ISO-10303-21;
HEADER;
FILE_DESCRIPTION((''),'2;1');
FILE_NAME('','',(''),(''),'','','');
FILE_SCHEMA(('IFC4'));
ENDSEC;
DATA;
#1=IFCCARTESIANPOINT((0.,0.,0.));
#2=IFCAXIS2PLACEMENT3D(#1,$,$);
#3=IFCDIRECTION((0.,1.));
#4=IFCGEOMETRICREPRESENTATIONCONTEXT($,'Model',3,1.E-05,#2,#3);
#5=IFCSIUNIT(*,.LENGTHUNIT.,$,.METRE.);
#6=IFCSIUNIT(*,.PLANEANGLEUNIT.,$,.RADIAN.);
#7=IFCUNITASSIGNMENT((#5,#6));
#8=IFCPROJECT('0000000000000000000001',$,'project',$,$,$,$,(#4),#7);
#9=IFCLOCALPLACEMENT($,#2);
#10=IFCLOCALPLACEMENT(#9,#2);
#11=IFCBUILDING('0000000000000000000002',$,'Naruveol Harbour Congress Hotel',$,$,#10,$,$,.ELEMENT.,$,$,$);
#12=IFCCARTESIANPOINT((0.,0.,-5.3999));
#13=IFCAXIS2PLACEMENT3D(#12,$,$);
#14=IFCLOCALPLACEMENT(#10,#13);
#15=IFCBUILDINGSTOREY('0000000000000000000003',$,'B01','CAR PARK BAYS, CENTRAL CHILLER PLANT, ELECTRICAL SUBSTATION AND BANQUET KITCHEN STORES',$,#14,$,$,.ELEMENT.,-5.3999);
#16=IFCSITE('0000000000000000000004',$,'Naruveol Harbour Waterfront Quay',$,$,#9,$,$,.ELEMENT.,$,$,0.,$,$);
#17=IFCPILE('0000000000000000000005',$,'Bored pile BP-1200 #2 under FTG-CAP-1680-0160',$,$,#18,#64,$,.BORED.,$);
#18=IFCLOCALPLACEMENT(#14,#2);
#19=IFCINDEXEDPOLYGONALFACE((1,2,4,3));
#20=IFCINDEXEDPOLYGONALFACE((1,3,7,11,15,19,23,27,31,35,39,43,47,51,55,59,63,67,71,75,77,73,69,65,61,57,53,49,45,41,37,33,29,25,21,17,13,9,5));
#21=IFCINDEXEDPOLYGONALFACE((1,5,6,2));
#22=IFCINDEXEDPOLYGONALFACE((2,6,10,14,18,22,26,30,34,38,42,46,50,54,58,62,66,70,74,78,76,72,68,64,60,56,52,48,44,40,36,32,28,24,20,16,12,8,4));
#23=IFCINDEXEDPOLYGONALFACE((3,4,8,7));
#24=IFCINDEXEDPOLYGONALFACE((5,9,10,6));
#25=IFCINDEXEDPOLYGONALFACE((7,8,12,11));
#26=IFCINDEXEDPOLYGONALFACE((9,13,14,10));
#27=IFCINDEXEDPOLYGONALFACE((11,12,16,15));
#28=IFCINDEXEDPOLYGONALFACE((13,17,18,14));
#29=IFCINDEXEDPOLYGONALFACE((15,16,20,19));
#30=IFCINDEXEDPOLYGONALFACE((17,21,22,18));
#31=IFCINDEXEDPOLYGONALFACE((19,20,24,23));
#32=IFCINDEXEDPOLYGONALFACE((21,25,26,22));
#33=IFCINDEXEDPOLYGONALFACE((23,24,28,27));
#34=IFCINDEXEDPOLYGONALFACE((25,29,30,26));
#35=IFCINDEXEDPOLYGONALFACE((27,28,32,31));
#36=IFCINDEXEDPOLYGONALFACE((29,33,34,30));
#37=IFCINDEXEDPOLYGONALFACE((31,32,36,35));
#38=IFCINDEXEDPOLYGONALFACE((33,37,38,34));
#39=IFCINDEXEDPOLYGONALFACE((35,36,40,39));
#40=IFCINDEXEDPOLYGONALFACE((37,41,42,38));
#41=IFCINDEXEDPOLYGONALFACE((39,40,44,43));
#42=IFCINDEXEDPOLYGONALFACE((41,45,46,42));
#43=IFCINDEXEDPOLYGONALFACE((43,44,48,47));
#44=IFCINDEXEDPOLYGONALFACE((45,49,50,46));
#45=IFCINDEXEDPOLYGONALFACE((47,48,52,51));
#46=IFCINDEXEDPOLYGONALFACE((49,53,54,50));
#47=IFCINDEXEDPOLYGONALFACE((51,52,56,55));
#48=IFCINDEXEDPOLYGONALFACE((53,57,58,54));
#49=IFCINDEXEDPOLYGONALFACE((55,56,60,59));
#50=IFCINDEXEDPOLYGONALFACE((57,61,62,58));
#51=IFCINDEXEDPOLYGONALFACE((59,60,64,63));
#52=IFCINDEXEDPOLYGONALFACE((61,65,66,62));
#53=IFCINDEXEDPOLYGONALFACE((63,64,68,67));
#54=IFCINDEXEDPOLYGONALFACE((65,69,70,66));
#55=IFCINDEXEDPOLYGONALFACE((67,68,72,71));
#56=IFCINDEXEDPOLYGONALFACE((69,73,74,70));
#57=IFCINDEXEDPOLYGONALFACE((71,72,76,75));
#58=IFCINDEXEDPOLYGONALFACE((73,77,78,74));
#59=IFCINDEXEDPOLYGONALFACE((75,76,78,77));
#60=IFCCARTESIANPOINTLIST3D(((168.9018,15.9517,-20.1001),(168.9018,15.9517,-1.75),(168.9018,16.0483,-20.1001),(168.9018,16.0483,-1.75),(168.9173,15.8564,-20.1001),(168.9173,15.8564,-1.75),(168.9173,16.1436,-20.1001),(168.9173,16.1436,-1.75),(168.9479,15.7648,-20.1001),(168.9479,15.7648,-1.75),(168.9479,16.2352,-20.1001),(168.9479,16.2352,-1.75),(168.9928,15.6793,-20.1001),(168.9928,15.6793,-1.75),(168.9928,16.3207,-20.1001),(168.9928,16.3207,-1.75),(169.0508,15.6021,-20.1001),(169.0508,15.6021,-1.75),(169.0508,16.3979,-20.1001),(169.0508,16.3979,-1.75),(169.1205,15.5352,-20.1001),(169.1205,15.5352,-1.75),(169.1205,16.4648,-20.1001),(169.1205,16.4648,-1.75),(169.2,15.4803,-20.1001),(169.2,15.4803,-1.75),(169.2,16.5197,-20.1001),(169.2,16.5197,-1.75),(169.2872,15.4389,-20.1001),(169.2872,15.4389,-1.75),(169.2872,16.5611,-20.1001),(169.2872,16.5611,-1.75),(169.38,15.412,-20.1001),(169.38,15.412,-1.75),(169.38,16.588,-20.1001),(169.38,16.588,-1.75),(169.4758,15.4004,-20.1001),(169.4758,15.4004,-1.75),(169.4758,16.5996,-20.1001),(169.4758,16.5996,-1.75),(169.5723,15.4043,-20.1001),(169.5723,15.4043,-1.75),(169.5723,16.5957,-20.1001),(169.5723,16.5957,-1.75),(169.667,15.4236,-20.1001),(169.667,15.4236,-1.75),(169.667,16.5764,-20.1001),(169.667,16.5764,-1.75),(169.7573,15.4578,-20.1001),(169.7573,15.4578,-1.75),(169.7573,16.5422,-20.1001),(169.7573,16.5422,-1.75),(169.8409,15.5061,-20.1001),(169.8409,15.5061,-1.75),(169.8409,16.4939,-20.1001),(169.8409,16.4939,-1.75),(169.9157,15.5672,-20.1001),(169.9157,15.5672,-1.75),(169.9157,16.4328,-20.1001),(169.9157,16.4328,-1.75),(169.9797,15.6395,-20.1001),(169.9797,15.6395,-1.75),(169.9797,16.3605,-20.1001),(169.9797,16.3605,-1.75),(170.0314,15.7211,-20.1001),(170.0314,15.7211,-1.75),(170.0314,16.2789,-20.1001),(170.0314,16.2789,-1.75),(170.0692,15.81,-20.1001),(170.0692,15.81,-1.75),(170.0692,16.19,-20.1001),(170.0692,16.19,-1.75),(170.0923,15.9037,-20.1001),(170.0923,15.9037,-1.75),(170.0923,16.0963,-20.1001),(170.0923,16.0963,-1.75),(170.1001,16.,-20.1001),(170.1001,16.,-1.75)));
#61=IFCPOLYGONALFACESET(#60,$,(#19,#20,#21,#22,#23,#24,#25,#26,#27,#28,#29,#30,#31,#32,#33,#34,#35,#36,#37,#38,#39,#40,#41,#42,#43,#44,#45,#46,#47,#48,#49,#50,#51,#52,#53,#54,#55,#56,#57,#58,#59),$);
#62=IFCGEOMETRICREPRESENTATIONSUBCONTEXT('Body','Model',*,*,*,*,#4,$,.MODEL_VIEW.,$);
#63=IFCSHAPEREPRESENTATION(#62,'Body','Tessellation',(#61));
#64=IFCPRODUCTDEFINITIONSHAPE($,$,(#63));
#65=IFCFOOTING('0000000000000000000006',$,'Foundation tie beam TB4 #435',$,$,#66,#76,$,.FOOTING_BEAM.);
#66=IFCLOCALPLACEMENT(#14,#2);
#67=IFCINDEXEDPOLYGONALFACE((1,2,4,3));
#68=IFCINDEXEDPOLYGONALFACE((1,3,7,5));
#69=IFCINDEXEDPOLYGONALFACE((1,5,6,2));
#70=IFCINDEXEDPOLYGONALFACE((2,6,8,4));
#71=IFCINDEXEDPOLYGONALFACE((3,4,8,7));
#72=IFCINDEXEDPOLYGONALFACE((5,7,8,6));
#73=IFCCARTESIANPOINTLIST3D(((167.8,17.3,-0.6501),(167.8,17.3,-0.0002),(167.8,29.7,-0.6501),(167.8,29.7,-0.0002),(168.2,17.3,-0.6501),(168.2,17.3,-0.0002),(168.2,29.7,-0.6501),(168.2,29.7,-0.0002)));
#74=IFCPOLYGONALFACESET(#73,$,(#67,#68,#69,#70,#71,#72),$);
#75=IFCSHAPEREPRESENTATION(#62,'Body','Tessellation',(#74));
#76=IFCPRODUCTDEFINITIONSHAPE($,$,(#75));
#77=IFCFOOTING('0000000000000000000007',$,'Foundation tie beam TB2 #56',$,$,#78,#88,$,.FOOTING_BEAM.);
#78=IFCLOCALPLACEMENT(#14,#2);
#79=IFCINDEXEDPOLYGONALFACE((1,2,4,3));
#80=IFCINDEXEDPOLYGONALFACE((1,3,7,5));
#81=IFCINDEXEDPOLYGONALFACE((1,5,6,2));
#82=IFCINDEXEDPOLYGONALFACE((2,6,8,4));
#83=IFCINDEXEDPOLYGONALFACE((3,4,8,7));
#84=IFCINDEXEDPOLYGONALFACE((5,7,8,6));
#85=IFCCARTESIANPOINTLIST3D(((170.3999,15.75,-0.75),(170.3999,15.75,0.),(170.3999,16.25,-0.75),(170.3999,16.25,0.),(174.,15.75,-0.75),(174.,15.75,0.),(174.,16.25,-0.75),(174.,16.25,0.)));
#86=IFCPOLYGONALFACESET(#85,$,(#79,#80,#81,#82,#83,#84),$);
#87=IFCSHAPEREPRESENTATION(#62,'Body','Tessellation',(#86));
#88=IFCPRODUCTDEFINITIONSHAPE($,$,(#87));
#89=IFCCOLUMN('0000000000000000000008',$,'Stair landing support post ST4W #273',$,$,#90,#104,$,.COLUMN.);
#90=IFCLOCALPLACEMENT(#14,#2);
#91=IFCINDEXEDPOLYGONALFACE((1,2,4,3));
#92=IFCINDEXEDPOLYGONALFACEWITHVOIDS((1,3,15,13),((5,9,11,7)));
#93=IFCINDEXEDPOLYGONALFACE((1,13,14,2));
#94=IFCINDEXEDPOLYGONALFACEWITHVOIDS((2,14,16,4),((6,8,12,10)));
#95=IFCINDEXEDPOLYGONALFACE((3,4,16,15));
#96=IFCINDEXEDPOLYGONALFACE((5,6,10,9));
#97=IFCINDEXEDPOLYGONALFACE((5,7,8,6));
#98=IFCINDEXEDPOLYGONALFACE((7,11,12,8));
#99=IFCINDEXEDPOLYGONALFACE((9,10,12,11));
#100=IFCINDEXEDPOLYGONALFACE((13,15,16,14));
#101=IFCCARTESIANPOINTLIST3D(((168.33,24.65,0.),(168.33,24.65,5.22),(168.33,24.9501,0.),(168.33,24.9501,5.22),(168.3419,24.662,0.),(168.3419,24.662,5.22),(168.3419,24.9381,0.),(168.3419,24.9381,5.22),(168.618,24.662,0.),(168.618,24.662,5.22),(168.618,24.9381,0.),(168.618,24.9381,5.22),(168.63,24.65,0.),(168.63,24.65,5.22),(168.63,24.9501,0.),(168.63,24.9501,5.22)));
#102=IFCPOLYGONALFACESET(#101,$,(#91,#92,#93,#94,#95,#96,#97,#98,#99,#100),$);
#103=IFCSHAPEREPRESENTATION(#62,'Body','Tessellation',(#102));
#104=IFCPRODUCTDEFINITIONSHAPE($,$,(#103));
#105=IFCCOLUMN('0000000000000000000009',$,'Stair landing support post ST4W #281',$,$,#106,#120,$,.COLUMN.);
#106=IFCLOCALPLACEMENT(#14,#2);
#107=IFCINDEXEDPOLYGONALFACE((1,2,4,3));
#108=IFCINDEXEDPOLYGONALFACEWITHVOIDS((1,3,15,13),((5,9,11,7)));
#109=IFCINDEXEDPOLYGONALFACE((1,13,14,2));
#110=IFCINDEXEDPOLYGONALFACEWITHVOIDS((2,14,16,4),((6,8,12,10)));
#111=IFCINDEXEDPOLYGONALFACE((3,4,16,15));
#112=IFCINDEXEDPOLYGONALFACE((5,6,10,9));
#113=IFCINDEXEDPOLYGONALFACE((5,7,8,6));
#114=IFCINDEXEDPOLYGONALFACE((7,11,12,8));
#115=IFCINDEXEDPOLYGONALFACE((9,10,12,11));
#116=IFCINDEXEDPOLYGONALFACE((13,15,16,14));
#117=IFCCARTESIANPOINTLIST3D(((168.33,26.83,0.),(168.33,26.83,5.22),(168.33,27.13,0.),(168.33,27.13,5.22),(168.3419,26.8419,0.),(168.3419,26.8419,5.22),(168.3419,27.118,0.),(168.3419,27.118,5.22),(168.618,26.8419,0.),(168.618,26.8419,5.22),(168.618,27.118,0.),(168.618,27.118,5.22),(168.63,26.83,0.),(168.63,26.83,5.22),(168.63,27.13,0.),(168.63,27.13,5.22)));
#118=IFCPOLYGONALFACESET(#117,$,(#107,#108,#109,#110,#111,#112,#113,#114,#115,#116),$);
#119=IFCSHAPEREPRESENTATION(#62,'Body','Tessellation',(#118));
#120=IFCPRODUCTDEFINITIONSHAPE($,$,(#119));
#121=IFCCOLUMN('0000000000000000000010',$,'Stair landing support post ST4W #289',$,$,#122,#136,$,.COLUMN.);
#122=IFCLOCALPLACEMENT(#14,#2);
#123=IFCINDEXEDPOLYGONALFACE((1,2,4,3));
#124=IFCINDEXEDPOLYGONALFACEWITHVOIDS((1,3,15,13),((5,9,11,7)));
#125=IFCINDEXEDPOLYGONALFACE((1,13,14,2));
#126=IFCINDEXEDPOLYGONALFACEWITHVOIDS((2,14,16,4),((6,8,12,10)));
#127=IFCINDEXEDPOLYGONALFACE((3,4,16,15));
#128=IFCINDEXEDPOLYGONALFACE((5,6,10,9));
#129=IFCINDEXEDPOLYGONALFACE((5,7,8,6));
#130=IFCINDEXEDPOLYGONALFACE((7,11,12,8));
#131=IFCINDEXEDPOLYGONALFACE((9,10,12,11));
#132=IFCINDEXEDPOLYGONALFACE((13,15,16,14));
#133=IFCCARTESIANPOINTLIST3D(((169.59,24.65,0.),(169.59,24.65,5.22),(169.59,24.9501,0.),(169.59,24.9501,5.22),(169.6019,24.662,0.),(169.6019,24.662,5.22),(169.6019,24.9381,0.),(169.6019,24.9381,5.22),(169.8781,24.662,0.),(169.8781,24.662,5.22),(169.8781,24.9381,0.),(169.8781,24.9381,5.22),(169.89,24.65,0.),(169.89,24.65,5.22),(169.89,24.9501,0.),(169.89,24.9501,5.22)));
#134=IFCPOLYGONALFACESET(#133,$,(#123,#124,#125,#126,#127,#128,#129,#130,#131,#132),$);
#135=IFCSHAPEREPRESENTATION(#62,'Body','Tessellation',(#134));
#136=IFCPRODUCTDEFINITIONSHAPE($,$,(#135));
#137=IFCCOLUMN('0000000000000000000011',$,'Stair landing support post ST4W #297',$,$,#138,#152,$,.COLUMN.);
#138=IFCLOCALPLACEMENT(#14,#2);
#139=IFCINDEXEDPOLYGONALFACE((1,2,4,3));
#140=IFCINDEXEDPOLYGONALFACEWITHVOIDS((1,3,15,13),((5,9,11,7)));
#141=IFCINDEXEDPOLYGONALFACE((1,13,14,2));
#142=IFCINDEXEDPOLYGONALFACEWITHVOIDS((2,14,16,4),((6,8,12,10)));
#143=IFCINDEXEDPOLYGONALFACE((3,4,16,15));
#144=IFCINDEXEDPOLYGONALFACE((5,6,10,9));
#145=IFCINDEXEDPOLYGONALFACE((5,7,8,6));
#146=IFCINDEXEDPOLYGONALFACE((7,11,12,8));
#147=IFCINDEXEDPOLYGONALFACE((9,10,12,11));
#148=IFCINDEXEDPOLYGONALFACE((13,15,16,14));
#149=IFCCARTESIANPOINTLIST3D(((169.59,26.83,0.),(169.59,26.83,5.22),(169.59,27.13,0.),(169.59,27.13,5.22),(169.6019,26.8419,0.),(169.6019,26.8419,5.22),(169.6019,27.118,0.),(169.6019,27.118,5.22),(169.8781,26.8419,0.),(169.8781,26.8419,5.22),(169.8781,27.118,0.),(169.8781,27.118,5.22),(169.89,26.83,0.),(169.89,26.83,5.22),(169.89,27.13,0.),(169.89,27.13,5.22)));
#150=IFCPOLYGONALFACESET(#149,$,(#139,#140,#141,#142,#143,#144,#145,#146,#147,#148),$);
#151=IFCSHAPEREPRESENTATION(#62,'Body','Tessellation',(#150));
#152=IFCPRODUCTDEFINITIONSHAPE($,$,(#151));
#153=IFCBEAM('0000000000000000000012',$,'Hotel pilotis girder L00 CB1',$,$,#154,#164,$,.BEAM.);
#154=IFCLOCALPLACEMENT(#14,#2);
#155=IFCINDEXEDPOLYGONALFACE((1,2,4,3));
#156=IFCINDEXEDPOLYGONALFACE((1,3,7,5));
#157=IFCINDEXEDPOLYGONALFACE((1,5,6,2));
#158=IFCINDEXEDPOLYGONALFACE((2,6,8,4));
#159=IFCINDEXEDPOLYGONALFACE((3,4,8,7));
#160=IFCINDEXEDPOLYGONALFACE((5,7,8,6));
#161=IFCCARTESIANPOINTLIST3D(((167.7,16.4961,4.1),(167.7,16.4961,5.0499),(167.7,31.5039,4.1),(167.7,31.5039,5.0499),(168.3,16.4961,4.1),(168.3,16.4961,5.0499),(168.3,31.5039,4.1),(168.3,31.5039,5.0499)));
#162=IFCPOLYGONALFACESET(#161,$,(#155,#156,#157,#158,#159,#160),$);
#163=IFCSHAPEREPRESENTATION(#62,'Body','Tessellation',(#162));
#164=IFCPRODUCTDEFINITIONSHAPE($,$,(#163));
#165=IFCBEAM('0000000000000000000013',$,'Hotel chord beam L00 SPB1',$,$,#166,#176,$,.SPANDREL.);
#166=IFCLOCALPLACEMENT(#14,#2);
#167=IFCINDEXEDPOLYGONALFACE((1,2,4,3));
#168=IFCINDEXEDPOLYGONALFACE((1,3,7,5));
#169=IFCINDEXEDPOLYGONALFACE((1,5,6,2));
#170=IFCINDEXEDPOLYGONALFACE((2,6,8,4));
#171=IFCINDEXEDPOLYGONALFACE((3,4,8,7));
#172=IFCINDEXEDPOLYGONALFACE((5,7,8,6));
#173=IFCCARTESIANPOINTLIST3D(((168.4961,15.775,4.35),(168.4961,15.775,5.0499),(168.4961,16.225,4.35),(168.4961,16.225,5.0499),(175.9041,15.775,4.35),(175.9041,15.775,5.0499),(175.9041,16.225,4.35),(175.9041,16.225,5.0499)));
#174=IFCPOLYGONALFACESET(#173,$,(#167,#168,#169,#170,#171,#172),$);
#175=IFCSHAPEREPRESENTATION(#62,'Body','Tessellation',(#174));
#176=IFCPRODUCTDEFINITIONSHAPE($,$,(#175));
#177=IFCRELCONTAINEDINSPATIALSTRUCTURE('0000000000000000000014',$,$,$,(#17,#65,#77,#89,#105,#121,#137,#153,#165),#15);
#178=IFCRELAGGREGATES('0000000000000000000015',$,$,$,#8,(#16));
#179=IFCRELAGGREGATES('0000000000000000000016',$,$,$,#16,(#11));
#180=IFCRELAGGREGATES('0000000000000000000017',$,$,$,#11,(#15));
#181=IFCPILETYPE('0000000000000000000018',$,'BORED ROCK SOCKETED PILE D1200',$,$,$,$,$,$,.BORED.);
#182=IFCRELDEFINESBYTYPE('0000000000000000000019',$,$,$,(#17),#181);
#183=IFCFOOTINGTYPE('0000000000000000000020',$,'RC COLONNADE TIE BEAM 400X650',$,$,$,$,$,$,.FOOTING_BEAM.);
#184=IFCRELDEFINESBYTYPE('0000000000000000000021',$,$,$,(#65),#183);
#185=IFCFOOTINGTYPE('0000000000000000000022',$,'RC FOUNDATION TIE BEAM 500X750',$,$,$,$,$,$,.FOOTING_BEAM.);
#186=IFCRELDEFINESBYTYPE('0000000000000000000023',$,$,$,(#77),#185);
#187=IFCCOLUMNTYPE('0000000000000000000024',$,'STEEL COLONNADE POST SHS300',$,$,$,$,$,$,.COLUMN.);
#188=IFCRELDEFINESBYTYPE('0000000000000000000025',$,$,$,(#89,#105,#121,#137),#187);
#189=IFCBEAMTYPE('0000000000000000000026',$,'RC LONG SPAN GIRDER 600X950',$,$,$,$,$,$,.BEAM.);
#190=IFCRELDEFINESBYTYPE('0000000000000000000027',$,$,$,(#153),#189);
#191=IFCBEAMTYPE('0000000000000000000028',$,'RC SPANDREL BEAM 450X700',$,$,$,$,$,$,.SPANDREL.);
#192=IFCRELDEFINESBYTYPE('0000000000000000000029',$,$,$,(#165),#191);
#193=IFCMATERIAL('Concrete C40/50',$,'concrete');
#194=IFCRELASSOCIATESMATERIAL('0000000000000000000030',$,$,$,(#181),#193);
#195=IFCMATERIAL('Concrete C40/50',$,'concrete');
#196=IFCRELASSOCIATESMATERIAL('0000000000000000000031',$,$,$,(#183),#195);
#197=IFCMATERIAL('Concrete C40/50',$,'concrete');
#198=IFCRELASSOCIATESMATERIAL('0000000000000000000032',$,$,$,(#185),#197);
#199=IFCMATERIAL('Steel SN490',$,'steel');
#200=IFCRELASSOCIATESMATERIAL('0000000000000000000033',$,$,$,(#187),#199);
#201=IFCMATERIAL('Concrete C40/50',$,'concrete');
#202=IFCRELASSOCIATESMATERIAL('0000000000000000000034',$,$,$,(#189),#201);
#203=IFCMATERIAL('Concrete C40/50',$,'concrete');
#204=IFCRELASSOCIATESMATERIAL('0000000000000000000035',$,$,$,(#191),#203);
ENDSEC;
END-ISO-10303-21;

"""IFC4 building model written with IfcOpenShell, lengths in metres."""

from ifc_helpers import new_model, si_unit, direction, frame, origin, origin_2d, place, context, subcontext, project, spatial, rectangle, hollow_rectangle, circle, extrude, material, material_profile, profile_set, type_object, element, save


model = new_model("IFC4")

# Units and contexts
model_context = context("Model", 3, precision=1e-05, world=origin(), true_north=direction((0.0, 1.0)))
body_context = subcontext(model_context, "Body", "Model", "MODEL_VIEW")
ifc_project = project(units=[si_unit("LENGTHUNIT", "METRE"), si_unit("PLANEANGLEUNIT", "RADIAN")], contexts=[model_context])

# Site, building, storey
site_placement = place(None, origin())
site = spatial("IfcSite", under=ifc_project, at=site_placement, Name="Naruveol Harbour Waterfront Quay", CompositionType="ELEMENT", RefElevation=0.0)
building_placement = place(site_placement, origin())
building = spatial("IfcBuilding", under=site, at=building_placement, Name="Naruveol Harbour Congress Hotel", CompositionType="ELEMENT")
storey_placement = place(building_placement, frame((0.0, 0.0, -5.3999)))
storey = spatial("IfcBuildingStorey", under=building, at=storey_placement, Name="B01", Description="CAR PARK BAYS, CENTRAL CHILLER PLANT, ELECTRICAL SUBSTATION AND BANQUET KITCHEN STORES", CompositionType="ELEMENT", Elevation=-5.3999)

# Pile
ifc_material_1 = material(Name="Concrete C40/50", Category="concrete")
ifc_material_profile_1 = material_profile(ifc_material_1, circle(Radius=0.6001, at=origin_2d()), Name="BP-1200")
ifc_profile_set_1 = profile_set([ifc_material_profile_1], Name="Concrete C40/50")
pile_type = type_object("IfcPileType", Name="BORED ROCK SOCKETED PILE D1200", PredefinedType="BORED", material=ifc_profile_set_1)
pile_placement = place(storey_placement, frame((169.5, 16.0, -1.75), z_axis=(0.0, 0.0, -1.0), x_axis=(1.0, 0.0, 0.0)))
element("IfcPile", 1, at=pile_placement, inside=storey, type_object=pile_type, Name="Bored pile BP-1200 #2 under FTG-CAP-1680-0160", PredefinedType="BORED", context=body_context, shape_type="SweptSolid", body=[
    extrude(circle(Radius=0.6001, at=origin_2d()), origin(), (0.0, 0.0, 1.0), 18.3501),
])

# Footings
ifc_material_2 = material(Name="Concrete C40/50", Category="concrete")
ifc_material_profile_2 = material_profile(ifc_material_2, rectangle(XDim=0.3999, YDim=0.6499, at=origin_2d()), Name="RCB-400x650")
ifc_profile_set_2 = profile_set([ifc_material_profile_2], Name="Concrete C40/50")
footing_type_1 = type_object("IfcFootingType", Name="RC COLONNADE TIE BEAM 400X650", PredefinedType="FOOTING_BEAM", material=ifc_profile_set_2)
footing_1_placement = place(storey_placement, frame((168.0, 17.3, -0.3252), z_axis=(0.0, 1.0, 0.0), x_axis=(-1.0, 0.0, 0.0)))
element("IfcFooting", 2, at=footing_1_placement, inside=storey, type_object=footing_type_1, Name="Foundation tie beam TB4 #435", PredefinedType="FOOTING_BEAM", context=body_context, shape_type="SweptSolid", body=[
    extrude(rectangle(XDim=0.3999, YDim=0.6499, at=origin_2d()), origin(), (0.0, 0.0, 1.0), 12.3999),
])
ifc_material_3 = material(Name="Concrete C40/50", Category="concrete")
ifc_material_profile_3 = material_profile(ifc_material_3, rectangle(XDim=0.5, YDim=0.75, at=origin_2d()), Name="RCB-500x750")
ifc_profile_set_3 = profile_set([ifc_material_profile_3], Name="Concrete C40/50")
footing_type_2 = type_object("IfcFootingType", Name="RC FOUNDATION TIE BEAM 500X750", PredefinedType="FOOTING_BEAM", material=ifc_profile_set_3)
footing_2_placement = place(storey_placement, frame((170.3999, 16.0, -0.375), z_axis=(1.0, 0.0, 0.0), x_axis=(0.0, 1.0, 0.0)))
element("IfcFooting", 3, at=footing_2_placement, inside=storey, type_object=footing_type_2, Name="Foundation tie beam TB2 #56", PredefinedType="FOOTING_BEAM", context=body_context, shape_type="SweptSolid", body=[
    extrude(rectangle(XDim=0.5, YDim=0.75, at=origin_2d()), origin(), (0.0, 0.0, 1.0), 3.6001),
])

# Columns
ifc_material_4 = material(Name="Steel SN490", Category="steel")
ifc_material_profile_4 = material_profile(ifc_material_4, hollow_rectangle(XDim=0.3, YDim=0.3, WallThickness=0.012, at=origin_2d()), Name="SHS-300x300x12")
ifc_profile_set_4 = profile_set([ifc_material_profile_4], Name="Steel SN490")
column_type = type_object("IfcColumnType", Name="STEEL COLONNADE POST SHS300", PredefinedType="COLUMN", material=ifc_profile_set_4)
for number, where, z_axis, x_axis, name in (
    (4, (168.48, 24.8, 0.0), (0.0, 0.0, 1.0), (1.0, 0.0, 0.0), "Stair landing support post ST4W #273"),
    (5, (168.48, 26.98, 0.0), (0.0, 0.0, 1.0), (1.0, 0.0, 0.0), "Stair landing support post ST4W #281"),
    (6, (169.74, 24.8, 0.0), (0.0, 0.0, 1.0), (1.0, 0.0, 0.0), "Stair landing support post ST4W #289"),
    (7, (169.74, 26.98, 0.0), (0.0, 0.0, 1.0), (1.0, 0.0, 0.0), "Stair landing support post ST4W #297"),
):
    element("IfcColumn", number, at=place(storey_placement, frame(where, z_axis=z_axis, x_axis=x_axis)), inside=storey, type_object=column_type, Name=name, PredefinedType="COLUMN", context=body_context, shape_type="SweptSolid", body=[
        extrude(hollow_rectangle(XDim=0.3, YDim=0.3, WallThickness=0.012, at=origin_2d()), origin(), (0.0, 0.0, 1.0), 5.22),
    ])

# Beams
ifc_material_5 = material(Name="Concrete C40/50", Category="concrete")
ifc_material_profile_5 = material_profile(ifc_material_5, rectangle(XDim=0.6001, YDim=0.95, at=origin_2d()), Name="RCB-600x950")
ifc_profile_set_5 = profile_set([ifc_material_profile_5], Name="Concrete C40/50")
beam_type_1 = type_object("IfcBeamType", Name="RC LONG SPAN GIRDER 600X950", PredefinedType="BEAM", material=ifc_profile_set_5)
beam_1_placement = place(storey_placement, frame((168.0, 16.4961, 4.575), z_axis=(0.0, 1.0, 0.0), x_axis=(-1.0, 0.0, 0.0)))
element("IfcBeam", 8, at=beam_1_placement, inside=storey, type_object=beam_type_1, Name="Hotel pilotis girder L00 CB1", PredefinedType="BEAM", context=body_context, shape_type="SweptSolid", body=[
    extrude(rectangle(XDim=0.6001, YDim=0.95, at=origin_2d()), origin(), (0.0, 0.0, 1.0), 15.0078),
])
ifc_material_6 = material(Name="Concrete C40/50", Category="concrete")
ifc_material_profile_6 = material_profile(ifc_material_6, rectangle(XDim=0.45, YDim=0.7, at=origin_2d()), Name="RCB-450x700")
ifc_profile_set_6 = profile_set([ifc_material_profile_6], Name="Concrete C40/50")
beam_type_2 = type_object("IfcBeamType", Name="RC SPANDREL BEAM 450X700", PredefinedType="SPANDREL", material=ifc_profile_set_6)
beam_2_placement = place(storey_placement, frame((168.4961, 16.0, 4.7), z_axis=(1.0, 0.0, 0.0), x_axis=(0.0, 1.0, 0.0)))
element("IfcBeam", 9, at=beam_2_placement, inside=storey, type_object=beam_type_2, Name="Hotel chord beam L00 SPB1", PredefinedType="SPANDREL", context=body_context, shape_type="SweptSolid", body=[
    extrude(rectangle(XDim=0.45, YDim=0.7, at=origin_2d()), origin(), (0.0, 0.0, 1.0), 7.408),
])

save(model, "model.ifc")
